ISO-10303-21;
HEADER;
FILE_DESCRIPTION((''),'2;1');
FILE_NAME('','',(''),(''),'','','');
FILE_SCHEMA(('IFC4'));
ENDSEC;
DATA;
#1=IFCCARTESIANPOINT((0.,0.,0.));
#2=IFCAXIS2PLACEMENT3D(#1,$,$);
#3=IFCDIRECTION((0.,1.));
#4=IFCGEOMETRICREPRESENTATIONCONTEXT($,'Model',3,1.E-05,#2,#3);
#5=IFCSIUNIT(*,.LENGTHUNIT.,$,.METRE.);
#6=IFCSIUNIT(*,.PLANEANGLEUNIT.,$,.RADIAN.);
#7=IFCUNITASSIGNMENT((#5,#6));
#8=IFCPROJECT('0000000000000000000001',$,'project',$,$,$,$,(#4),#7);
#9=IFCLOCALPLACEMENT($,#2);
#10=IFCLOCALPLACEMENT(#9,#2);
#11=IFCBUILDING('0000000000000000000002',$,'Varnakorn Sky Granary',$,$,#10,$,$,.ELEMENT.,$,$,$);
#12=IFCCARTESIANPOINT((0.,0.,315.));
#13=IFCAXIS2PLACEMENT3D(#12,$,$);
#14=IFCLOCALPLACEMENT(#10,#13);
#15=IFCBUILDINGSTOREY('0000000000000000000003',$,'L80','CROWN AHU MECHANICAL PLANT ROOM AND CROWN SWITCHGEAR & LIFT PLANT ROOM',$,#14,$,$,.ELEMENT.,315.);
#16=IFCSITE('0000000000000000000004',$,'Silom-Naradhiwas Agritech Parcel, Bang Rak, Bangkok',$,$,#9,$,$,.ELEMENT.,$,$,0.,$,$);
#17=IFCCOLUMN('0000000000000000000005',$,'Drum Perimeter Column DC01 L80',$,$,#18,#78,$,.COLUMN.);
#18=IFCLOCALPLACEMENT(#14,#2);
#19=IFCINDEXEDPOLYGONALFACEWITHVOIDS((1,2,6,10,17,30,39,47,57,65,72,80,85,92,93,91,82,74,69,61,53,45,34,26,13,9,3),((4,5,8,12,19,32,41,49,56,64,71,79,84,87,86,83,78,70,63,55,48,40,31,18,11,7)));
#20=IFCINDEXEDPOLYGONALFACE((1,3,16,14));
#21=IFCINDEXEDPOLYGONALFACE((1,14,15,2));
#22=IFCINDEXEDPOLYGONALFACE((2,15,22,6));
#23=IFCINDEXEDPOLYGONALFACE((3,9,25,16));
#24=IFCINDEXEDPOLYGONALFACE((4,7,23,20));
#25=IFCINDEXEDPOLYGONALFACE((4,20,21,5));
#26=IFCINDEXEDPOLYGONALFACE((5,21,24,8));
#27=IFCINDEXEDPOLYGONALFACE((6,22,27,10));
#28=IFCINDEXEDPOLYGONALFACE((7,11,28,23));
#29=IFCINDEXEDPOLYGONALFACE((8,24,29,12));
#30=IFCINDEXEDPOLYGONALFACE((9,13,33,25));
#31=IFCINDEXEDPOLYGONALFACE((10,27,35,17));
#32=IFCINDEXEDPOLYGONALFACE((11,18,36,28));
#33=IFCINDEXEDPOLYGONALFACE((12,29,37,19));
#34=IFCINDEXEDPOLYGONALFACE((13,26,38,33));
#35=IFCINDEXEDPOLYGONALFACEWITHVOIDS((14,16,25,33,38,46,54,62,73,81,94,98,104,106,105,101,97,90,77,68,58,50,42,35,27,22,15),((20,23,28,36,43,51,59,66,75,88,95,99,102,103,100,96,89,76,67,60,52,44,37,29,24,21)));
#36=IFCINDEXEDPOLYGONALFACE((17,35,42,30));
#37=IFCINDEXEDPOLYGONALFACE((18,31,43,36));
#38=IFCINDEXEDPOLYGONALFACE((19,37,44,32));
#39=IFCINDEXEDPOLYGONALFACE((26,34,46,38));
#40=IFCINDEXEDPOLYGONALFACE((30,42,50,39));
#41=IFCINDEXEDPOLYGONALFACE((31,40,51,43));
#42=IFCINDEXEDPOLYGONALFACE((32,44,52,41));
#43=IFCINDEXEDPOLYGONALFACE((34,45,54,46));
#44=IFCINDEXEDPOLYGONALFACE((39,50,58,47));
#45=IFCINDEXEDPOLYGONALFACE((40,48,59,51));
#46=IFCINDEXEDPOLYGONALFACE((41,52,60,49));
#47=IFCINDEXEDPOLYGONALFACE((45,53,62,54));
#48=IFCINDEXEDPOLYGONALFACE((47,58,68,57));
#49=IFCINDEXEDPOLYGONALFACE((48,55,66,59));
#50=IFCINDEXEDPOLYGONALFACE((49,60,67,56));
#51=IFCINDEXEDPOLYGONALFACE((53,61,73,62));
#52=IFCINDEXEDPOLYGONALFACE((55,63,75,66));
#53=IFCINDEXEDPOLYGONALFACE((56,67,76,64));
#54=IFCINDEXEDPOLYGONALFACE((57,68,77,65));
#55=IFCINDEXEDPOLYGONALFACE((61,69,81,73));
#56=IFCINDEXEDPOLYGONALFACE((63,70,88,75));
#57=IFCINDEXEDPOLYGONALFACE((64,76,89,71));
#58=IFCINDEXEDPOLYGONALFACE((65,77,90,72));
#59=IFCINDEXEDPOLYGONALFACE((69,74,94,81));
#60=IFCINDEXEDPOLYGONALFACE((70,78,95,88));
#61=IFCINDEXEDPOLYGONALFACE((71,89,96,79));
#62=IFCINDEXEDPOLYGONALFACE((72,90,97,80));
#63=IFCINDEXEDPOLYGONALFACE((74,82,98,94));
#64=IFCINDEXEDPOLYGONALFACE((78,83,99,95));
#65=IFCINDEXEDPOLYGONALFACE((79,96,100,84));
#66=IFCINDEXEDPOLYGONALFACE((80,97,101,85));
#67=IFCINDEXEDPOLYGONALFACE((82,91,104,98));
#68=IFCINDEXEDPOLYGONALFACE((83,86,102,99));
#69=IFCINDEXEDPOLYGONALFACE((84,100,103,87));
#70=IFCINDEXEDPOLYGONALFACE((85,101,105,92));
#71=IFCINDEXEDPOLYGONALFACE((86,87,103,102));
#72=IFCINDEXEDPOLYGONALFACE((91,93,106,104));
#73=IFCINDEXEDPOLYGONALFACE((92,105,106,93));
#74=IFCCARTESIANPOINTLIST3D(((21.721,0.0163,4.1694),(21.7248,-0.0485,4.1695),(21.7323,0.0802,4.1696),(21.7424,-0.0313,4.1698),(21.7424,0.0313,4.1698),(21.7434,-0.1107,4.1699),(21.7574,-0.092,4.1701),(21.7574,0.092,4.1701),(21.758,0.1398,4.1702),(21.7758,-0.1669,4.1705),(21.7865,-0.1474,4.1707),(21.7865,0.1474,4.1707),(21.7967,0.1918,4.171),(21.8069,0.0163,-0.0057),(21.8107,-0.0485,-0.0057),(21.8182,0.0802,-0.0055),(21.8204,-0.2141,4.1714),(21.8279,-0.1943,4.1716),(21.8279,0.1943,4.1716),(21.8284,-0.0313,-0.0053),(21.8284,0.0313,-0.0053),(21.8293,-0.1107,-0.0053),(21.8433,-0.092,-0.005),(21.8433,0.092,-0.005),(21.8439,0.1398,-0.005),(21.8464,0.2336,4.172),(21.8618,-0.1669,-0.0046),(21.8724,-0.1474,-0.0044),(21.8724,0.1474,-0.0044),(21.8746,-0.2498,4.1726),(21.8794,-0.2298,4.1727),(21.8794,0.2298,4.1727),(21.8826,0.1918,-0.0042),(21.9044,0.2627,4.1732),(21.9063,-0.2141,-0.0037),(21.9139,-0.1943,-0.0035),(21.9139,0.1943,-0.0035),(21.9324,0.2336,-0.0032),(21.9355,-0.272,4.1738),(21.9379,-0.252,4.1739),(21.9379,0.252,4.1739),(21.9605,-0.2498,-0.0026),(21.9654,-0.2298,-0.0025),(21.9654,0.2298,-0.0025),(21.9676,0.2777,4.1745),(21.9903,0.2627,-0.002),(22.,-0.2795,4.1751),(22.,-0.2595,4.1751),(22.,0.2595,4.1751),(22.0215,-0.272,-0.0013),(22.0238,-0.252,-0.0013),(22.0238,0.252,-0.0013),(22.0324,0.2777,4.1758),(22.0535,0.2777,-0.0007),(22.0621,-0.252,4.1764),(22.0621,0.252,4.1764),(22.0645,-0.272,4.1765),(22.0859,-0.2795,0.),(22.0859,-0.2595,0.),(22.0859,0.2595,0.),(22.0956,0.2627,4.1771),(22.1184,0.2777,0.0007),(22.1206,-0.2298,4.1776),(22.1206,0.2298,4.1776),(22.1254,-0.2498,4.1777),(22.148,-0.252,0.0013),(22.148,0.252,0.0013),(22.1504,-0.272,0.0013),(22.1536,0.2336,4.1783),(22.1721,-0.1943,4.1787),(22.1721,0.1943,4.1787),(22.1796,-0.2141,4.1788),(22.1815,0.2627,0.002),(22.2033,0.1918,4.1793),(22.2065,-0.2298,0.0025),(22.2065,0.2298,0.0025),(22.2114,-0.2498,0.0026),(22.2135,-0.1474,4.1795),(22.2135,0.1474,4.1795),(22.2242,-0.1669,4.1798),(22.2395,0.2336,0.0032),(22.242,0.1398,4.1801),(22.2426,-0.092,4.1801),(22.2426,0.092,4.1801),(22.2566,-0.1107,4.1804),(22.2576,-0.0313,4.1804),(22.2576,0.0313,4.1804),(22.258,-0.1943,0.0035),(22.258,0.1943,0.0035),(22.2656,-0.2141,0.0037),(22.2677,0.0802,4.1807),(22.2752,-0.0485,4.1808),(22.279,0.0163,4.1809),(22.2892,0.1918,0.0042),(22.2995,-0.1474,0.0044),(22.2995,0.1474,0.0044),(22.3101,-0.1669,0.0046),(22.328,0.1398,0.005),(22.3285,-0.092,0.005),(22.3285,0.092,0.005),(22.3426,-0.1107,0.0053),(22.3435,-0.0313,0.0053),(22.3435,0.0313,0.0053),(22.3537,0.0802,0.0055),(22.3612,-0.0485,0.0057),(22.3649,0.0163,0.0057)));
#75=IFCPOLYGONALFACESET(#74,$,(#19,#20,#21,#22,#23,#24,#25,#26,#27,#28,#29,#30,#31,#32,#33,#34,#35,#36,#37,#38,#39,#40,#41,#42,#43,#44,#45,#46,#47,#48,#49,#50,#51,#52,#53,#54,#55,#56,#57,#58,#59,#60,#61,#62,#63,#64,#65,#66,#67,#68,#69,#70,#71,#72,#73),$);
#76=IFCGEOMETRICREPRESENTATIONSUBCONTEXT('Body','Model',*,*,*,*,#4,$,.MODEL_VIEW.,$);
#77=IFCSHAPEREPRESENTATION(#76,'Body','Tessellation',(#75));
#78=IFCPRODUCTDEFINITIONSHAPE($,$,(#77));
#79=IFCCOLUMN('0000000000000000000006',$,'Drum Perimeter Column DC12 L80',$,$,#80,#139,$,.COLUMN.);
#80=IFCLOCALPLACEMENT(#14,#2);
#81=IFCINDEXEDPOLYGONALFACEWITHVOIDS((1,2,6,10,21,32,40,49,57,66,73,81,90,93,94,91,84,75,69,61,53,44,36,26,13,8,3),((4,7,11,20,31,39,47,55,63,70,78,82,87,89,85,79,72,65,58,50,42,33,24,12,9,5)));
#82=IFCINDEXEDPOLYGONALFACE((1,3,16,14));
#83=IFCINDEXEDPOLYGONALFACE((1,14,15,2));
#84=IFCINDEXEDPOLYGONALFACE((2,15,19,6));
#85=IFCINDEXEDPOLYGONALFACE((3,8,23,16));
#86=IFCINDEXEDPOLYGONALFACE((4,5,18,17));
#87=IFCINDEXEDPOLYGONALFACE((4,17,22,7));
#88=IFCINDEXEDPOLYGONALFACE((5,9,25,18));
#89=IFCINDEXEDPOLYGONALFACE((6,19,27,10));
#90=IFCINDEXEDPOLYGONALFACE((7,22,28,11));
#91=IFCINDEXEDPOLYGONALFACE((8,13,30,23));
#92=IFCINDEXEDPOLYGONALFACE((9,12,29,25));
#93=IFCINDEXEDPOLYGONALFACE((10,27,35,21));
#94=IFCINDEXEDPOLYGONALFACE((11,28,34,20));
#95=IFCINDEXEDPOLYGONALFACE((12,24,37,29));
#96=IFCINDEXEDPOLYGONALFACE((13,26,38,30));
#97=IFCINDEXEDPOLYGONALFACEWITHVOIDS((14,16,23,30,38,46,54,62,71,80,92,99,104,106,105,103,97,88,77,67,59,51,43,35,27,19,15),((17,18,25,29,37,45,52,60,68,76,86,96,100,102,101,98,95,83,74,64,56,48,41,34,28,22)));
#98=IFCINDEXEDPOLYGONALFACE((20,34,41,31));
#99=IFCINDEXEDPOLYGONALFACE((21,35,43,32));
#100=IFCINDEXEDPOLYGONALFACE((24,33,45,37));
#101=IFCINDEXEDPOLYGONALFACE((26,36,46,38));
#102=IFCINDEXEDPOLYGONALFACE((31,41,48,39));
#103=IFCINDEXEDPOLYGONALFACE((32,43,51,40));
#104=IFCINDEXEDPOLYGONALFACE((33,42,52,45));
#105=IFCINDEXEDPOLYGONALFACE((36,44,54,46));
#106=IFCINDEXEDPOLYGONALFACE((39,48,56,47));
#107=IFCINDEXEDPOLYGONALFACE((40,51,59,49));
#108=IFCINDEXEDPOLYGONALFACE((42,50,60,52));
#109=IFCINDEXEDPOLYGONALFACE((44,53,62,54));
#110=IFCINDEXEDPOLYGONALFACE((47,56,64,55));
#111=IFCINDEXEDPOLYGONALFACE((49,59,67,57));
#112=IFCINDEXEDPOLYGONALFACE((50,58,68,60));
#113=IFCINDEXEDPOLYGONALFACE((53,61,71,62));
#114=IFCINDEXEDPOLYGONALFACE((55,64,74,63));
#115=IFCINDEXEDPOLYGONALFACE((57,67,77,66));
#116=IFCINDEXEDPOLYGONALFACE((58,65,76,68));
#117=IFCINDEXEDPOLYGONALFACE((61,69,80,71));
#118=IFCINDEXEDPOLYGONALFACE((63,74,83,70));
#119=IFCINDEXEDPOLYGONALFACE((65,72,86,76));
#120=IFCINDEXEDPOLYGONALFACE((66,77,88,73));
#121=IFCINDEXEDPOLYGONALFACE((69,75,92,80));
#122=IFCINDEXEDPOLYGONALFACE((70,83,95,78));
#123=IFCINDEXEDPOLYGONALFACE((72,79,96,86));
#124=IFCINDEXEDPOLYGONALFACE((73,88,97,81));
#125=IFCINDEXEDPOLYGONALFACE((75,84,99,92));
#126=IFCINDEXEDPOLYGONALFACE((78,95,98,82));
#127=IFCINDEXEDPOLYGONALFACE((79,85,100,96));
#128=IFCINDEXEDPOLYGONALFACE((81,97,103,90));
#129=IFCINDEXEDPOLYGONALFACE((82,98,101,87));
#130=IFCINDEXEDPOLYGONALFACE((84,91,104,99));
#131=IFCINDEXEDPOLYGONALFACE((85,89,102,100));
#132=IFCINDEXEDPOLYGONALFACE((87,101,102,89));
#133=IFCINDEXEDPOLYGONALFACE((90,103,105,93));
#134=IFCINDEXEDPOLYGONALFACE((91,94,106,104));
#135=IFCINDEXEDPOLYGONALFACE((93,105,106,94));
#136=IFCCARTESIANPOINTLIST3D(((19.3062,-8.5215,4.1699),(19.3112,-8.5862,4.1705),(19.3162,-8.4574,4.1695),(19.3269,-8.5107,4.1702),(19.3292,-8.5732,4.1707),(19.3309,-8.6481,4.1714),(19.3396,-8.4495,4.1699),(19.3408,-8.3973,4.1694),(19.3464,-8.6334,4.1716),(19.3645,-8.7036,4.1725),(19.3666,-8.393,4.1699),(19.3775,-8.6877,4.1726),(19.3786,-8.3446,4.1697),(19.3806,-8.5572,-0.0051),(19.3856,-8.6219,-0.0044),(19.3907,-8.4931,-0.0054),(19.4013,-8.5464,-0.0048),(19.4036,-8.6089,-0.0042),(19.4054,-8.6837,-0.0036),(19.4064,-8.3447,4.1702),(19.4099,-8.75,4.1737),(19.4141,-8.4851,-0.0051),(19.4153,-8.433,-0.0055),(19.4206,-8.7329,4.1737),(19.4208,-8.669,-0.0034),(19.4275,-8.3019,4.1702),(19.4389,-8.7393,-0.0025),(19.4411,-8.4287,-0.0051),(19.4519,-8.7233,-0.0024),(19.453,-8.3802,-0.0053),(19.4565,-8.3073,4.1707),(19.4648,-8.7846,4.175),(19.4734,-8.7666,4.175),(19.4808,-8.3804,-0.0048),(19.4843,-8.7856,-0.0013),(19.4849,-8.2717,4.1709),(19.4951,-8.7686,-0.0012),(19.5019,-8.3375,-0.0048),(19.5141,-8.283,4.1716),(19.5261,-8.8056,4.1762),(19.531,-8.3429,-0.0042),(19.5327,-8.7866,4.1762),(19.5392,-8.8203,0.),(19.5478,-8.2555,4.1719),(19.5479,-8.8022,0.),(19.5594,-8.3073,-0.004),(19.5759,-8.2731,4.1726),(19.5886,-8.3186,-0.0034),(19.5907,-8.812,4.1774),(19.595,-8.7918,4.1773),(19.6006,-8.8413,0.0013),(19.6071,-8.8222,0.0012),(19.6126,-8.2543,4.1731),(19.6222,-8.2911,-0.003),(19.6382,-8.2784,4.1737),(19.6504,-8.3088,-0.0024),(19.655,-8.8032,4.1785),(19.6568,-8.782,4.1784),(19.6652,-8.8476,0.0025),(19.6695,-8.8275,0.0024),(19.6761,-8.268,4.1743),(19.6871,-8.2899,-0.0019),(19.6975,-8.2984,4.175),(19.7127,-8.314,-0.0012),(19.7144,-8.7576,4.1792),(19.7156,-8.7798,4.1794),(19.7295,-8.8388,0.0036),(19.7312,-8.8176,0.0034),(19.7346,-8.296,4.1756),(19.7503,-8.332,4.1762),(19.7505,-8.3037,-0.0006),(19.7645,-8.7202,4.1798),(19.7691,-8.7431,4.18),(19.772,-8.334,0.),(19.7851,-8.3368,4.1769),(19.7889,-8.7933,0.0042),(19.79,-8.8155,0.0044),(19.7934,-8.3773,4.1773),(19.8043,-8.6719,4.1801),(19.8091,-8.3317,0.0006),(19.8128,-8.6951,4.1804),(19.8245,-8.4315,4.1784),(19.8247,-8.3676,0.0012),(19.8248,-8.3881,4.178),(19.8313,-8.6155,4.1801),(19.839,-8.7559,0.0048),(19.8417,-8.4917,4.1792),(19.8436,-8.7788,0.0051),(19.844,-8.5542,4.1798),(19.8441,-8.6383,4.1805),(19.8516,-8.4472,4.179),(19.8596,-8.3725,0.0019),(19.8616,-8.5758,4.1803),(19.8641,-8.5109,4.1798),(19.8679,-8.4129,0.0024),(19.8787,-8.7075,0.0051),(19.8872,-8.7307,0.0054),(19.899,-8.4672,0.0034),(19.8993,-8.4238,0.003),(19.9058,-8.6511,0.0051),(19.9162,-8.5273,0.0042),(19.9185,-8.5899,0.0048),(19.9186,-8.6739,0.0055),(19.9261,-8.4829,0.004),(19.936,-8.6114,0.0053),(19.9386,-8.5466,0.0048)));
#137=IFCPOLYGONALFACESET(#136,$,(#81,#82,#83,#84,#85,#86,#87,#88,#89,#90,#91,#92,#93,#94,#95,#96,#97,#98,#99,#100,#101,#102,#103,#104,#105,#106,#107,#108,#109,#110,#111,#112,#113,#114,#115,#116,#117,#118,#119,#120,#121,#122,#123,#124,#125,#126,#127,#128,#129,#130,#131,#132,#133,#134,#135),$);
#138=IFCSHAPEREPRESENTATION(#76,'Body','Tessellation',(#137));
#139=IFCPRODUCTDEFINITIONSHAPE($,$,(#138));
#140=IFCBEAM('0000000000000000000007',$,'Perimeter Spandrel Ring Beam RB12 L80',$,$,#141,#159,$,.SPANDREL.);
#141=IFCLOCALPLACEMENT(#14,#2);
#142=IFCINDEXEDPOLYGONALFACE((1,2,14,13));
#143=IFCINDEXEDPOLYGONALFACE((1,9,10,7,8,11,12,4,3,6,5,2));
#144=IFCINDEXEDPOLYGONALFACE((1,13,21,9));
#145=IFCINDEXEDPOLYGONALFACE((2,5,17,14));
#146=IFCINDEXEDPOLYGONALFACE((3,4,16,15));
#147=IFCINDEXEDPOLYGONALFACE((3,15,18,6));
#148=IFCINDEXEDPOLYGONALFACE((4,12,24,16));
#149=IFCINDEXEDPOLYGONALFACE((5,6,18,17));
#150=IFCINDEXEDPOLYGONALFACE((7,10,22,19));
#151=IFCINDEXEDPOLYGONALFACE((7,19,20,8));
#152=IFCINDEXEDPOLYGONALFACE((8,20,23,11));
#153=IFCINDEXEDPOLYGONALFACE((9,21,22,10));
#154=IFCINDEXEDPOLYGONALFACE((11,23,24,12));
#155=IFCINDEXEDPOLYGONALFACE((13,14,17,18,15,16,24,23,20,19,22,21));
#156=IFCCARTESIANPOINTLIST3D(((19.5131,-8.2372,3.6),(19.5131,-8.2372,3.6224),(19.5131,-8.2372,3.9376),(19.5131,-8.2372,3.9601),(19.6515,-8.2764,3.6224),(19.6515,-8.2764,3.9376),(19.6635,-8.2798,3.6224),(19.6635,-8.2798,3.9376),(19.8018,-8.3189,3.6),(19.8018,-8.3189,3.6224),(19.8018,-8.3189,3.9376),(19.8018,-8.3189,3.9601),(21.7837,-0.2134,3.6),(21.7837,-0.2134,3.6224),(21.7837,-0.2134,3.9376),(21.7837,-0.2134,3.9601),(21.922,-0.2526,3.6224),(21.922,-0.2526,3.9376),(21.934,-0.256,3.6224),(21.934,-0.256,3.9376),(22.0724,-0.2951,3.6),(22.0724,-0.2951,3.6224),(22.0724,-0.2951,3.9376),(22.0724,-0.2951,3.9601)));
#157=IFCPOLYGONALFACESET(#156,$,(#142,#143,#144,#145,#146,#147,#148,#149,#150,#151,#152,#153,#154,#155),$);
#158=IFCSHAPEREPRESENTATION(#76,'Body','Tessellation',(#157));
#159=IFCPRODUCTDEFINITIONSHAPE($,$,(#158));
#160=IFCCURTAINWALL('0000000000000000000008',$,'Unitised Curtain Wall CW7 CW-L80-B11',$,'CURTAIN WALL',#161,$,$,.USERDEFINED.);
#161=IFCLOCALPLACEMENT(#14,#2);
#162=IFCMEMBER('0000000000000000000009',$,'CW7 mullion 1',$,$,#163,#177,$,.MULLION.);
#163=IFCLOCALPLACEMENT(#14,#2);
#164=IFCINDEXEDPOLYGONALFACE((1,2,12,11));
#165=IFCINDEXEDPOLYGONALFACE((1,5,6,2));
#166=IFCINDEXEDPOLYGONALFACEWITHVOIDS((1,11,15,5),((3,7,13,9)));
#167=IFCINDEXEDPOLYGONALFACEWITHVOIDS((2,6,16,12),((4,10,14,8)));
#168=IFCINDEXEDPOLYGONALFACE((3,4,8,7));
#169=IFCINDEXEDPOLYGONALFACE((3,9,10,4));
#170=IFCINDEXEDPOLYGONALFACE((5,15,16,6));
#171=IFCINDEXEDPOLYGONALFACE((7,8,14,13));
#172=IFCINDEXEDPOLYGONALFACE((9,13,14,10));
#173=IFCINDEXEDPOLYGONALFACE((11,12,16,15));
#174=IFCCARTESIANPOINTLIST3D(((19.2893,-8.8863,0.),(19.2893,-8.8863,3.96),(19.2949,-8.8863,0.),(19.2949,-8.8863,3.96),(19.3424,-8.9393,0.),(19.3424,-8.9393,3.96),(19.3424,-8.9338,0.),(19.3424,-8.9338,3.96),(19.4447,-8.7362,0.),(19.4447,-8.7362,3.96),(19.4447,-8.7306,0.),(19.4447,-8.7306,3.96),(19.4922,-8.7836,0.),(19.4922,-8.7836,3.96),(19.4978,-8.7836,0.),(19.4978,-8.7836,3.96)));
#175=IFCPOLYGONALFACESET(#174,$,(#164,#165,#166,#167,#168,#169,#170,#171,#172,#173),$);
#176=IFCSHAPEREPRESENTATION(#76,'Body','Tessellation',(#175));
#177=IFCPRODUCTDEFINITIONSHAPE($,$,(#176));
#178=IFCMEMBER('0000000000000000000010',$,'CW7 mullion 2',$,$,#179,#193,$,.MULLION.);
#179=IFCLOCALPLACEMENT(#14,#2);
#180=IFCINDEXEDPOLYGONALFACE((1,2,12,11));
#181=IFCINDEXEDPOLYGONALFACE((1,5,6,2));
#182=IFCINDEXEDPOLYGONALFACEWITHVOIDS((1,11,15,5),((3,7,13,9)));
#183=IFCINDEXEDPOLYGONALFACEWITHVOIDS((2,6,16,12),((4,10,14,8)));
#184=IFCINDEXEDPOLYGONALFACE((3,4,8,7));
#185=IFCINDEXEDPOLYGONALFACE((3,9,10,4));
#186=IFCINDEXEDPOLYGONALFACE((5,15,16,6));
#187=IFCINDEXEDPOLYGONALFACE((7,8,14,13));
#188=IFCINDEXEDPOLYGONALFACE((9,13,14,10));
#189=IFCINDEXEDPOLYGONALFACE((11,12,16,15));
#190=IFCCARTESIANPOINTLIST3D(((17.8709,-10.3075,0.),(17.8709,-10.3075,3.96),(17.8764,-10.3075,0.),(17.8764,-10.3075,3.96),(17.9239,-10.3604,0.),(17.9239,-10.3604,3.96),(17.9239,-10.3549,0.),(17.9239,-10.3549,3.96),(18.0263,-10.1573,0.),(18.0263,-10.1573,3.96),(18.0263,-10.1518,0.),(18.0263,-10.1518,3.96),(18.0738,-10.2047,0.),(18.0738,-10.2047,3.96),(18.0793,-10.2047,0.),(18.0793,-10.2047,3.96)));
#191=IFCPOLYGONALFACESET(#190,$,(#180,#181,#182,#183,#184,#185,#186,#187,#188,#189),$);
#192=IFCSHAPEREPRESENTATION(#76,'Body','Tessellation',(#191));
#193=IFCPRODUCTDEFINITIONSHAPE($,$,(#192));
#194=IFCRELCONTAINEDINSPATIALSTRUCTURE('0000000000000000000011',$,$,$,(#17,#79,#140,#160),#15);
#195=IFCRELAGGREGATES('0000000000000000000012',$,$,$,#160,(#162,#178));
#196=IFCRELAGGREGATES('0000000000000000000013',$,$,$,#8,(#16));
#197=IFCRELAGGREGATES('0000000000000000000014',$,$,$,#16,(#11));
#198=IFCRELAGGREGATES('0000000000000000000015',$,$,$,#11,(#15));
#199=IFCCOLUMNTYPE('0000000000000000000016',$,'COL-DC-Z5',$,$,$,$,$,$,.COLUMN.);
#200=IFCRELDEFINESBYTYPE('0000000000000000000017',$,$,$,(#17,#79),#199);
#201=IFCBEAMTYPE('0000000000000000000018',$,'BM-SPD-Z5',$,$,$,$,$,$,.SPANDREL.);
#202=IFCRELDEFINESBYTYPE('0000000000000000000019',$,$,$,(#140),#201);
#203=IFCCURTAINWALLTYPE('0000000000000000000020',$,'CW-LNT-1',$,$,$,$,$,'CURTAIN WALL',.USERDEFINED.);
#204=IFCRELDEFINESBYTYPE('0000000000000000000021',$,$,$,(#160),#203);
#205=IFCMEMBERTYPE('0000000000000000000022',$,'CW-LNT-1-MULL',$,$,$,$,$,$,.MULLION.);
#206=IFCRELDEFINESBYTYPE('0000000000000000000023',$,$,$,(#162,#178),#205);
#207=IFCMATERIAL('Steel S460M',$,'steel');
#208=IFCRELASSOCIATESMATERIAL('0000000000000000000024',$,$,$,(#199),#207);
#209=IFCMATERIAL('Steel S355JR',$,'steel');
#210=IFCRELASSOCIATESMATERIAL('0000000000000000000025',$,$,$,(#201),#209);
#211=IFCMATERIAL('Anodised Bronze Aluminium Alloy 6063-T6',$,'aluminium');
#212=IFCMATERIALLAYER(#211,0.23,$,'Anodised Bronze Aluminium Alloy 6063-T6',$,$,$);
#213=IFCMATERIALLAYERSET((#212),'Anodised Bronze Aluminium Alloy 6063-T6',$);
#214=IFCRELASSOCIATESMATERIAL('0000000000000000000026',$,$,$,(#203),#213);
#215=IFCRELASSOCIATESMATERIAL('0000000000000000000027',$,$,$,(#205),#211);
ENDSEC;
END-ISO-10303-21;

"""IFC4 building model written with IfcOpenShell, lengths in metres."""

from ifc_helpers import new_model, si_unit, direction, frame, origin, origin_2d, place, context, subcontext, project, spatial, hollow_rectangle, hollow_circle, i_section, extrude, material, layer, layer_set, material_profile, profile_set, type_object, element, aggregate, save


model = new_model("IFC4")

# Units and contexts
model_context = context("Model", 3, precision=1e-05, world=origin(), true_north=direction((0.0, 1.0)))
body_context = subcontext(model_context, "Body", "Model", "MODEL_VIEW")
ifc_project = project(units=[si_unit("LENGTHUNIT", "METRE"), si_unit("PLANEANGLEUNIT", "RADIAN")], contexts=[model_context])

# Site, building, storey
site_placement = place(None, origin())
site = spatial("IfcSite", under=ifc_project, at=site_placement, Name="Silom-Naradhiwas Agritech Parcel, Bang Rak, Bangkok", CompositionType="ELEMENT", RefElevation=0.0)
building_placement = place(site_placement, origin())
building = spatial("IfcBuilding", under=site, at=building_placement, Name="Varnakorn Sky Granary", CompositionType="ELEMENT")
storey_placement = place(building_placement, frame((0.0, 0.0, 315.0)))
storey = spatial("IfcBuildingStorey", under=building, at=storey_placement, Name="L80", Description="CROWN AHU MECHANICAL PLANT ROOM AND CROWN SWITCHGEAR & LIFT PLANT ROOM", CompositionType="ELEMENT", Elevation=315.0)

# Columns
ifc_material_1 = material(Name="Steel S460M", Category="steel")
ifc_material_profile_1 = material_profile(ifc_material_1, hollow_circle(Radius=0.2795, WallThickness=0.02, at=origin_2d()), Name="CHS 559x20")
ifc_profile_set_1 = profile_set([ifc_material_profile_1], Name="Steel S460M")
column_type = type_object("IfcColumnType", Name="COL-DC-Z5", PredefinedType="COLUMN", material=ifc_profile_set_1)
column_1_placement = place(storey_placement, frame((22.0859, 0.0, 0.0), z_axis=(-0.020579, 0.0, 0.999788), x_axis=(0.0, -1.0, 0.0)))
element("IfcColumn", 1, at=column_1_placement, inside=storey, type_object=column_type, Name="Drum Perimeter Column DC01 L80", PredefinedType="COLUMN", context=body_context, shape_type="SweptSolid", body=[
    extrude(hollow_circle(Radius=0.2795, WallThickness=0.02, at=origin_2d()), origin(), (0.0, 0.0, 1.0), 4.176),
])
column_2_placement = place(storey_placement, frame((19.6599, -8.5681, 0.0), z_axis=(-0.017832, 0.008536, 0.999805), x_axis=(-0.431769, -0.901984, 0.0)))
element("IfcColumn", 2, at=column_2_placement, inside=storey, type_object=column_type, Name="Drum Perimeter Column DC12 L80", PredefinedType="COLUMN", context=body_context, shape_type="SweptSolid", body=[
    extrude(hollow_circle(Radius=0.2795, WallThickness=0.02, at=origin_2d()), origin(), (0.0, 0.0, 1.0), 4.1758),
])

# Beam
ifc_material_2 = material(Name="Steel S355JR", Category="steel")
ifc_material_profile_2 = material_profile(ifc_material_2, i_section(OverallWidth=0.3, OverallDepth=0.3601, WebThickness=0.0125, FlangeThickness=0.0225, at=origin_2d()), Name="HE 360 B")
ifc_profile_set_2 = profile_set([ifc_material_profile_2], Name="Steel S355JR")
beam_type = type_object("IfcBeamType", Name="BM-SPD-Z5", PredefinedType="SPANDREL", material=ifc_profile_set_2)
beam_placement = place(storey_placement, frame((19.6575, -8.2781, 3.78), z_axis=(0.272284, 0.962217, 0.0), x_axis=(-0.962217, 0.272284, 0.0)))
element("IfcBeam", 3, at=beam_placement, inside=storey, type_object=beam_type, Name="Perimeter Spandrel Ring Beam RB12 L80", PredefinedType="SPANDREL", context=body_context, shape_type="SweptSolid", body=[
    extrude(i_section(OverallWidth=0.3, OverallDepth=0.3601, WebThickness=0.0125, FlangeThickness=0.0225, at=origin_2d()), origin(), (0.0, 0.0, 1.0), 8.3389),
])

# Curtain wall, members
ifc_material_3 = material(Name="Anodised Bronze Aluminium Alloy 6063-T6", Category="aluminium")
ifc_layer_1 = layer(ifc_material_3, 0.23, Name="Anodised Bronze Aluminium Alloy 6063-T6")
ifc_layer_set_1 = layer_set([ifc_layer_1], Name="Anodised Bronze Aluminium Alloy 6063-T6")
curtain_wall_type = type_object("IfcCurtainWallType", Name="CW-LNT-1", ElementType="CURTAIN WALL", PredefinedType="USERDEFINED", material=ifc_layer_set_1)
curtain_wall_1_placement = place(storey_placement, origin())
curtain_wall_1 = element("IfcCurtainWall", 4, at=curtain_wall_1_placement, inside=storey, type_object=curtain_wall_type, Name="Unitised Curtain Wall CW7 CW-L80-B11", ObjectType="CURTAIN WALL", PredefinedType="USERDEFINED")
ifc_material_profile_3 = material_profile(ifc_material_3, hollow_rectangle(XDim=0.075, YDim=0.22, WallThickness=0.0039, at=origin_2d()), Name="ALU MULL 75x220")
ifc_profile_set_3 = profile_set([ifc_material_profile_3], Name="Anodised Bronze Aluminium Alloy 6063-T6")
member_type_1 = type_object("IfcMemberType", Name="CW-LNT-1-MULL", PredefinedType="MULLION", material=ifc_profile_set_3)
member_1_placement = place(storey_placement, frame((19.3936, -8.835, 0.0), z_axis=(0.0, 0.0, 1.0), x_axis=(0.707827, -0.706385, 0.0)))
member_1 = element("IfcMember", 5, at=member_1_placement, type_object=member_type_1, Name="CW7 mullion 1", PredefinedType="MULLION", context=body_context, shape_type="SweptSolid", body=[
    extrude(hollow_rectangle(XDim=0.075, YDim=0.22, WallThickness=0.0039, at=origin_2d()), origin(), (0.0, 0.0, 1.0), 3.96),
])
member_2_placement = place(storey_placement, frame((17.9751, -10.2561, 0.0), z_axis=(0.0, 0.0, 1.0), x_axis=(0.707827, -0.706385, 0.0)))
member_2 = element("IfcMember", 6, at=member_2_placement, type_object=member_type_1, Name="CW7 mullion 2", PredefinedType="MULLION", context=body_context, shape_type="SweptSolid", body=[
    extrude(hollow_rectangle(XDim=0.075, YDim=0.22, WallThickness=0.0039, at=origin_2d()), origin(), (0.0, 0.0, 1.0), 3.96),
])

aggregate(curtain_wall_1, [member_1, member_2])

save(model, "model.ifc")
